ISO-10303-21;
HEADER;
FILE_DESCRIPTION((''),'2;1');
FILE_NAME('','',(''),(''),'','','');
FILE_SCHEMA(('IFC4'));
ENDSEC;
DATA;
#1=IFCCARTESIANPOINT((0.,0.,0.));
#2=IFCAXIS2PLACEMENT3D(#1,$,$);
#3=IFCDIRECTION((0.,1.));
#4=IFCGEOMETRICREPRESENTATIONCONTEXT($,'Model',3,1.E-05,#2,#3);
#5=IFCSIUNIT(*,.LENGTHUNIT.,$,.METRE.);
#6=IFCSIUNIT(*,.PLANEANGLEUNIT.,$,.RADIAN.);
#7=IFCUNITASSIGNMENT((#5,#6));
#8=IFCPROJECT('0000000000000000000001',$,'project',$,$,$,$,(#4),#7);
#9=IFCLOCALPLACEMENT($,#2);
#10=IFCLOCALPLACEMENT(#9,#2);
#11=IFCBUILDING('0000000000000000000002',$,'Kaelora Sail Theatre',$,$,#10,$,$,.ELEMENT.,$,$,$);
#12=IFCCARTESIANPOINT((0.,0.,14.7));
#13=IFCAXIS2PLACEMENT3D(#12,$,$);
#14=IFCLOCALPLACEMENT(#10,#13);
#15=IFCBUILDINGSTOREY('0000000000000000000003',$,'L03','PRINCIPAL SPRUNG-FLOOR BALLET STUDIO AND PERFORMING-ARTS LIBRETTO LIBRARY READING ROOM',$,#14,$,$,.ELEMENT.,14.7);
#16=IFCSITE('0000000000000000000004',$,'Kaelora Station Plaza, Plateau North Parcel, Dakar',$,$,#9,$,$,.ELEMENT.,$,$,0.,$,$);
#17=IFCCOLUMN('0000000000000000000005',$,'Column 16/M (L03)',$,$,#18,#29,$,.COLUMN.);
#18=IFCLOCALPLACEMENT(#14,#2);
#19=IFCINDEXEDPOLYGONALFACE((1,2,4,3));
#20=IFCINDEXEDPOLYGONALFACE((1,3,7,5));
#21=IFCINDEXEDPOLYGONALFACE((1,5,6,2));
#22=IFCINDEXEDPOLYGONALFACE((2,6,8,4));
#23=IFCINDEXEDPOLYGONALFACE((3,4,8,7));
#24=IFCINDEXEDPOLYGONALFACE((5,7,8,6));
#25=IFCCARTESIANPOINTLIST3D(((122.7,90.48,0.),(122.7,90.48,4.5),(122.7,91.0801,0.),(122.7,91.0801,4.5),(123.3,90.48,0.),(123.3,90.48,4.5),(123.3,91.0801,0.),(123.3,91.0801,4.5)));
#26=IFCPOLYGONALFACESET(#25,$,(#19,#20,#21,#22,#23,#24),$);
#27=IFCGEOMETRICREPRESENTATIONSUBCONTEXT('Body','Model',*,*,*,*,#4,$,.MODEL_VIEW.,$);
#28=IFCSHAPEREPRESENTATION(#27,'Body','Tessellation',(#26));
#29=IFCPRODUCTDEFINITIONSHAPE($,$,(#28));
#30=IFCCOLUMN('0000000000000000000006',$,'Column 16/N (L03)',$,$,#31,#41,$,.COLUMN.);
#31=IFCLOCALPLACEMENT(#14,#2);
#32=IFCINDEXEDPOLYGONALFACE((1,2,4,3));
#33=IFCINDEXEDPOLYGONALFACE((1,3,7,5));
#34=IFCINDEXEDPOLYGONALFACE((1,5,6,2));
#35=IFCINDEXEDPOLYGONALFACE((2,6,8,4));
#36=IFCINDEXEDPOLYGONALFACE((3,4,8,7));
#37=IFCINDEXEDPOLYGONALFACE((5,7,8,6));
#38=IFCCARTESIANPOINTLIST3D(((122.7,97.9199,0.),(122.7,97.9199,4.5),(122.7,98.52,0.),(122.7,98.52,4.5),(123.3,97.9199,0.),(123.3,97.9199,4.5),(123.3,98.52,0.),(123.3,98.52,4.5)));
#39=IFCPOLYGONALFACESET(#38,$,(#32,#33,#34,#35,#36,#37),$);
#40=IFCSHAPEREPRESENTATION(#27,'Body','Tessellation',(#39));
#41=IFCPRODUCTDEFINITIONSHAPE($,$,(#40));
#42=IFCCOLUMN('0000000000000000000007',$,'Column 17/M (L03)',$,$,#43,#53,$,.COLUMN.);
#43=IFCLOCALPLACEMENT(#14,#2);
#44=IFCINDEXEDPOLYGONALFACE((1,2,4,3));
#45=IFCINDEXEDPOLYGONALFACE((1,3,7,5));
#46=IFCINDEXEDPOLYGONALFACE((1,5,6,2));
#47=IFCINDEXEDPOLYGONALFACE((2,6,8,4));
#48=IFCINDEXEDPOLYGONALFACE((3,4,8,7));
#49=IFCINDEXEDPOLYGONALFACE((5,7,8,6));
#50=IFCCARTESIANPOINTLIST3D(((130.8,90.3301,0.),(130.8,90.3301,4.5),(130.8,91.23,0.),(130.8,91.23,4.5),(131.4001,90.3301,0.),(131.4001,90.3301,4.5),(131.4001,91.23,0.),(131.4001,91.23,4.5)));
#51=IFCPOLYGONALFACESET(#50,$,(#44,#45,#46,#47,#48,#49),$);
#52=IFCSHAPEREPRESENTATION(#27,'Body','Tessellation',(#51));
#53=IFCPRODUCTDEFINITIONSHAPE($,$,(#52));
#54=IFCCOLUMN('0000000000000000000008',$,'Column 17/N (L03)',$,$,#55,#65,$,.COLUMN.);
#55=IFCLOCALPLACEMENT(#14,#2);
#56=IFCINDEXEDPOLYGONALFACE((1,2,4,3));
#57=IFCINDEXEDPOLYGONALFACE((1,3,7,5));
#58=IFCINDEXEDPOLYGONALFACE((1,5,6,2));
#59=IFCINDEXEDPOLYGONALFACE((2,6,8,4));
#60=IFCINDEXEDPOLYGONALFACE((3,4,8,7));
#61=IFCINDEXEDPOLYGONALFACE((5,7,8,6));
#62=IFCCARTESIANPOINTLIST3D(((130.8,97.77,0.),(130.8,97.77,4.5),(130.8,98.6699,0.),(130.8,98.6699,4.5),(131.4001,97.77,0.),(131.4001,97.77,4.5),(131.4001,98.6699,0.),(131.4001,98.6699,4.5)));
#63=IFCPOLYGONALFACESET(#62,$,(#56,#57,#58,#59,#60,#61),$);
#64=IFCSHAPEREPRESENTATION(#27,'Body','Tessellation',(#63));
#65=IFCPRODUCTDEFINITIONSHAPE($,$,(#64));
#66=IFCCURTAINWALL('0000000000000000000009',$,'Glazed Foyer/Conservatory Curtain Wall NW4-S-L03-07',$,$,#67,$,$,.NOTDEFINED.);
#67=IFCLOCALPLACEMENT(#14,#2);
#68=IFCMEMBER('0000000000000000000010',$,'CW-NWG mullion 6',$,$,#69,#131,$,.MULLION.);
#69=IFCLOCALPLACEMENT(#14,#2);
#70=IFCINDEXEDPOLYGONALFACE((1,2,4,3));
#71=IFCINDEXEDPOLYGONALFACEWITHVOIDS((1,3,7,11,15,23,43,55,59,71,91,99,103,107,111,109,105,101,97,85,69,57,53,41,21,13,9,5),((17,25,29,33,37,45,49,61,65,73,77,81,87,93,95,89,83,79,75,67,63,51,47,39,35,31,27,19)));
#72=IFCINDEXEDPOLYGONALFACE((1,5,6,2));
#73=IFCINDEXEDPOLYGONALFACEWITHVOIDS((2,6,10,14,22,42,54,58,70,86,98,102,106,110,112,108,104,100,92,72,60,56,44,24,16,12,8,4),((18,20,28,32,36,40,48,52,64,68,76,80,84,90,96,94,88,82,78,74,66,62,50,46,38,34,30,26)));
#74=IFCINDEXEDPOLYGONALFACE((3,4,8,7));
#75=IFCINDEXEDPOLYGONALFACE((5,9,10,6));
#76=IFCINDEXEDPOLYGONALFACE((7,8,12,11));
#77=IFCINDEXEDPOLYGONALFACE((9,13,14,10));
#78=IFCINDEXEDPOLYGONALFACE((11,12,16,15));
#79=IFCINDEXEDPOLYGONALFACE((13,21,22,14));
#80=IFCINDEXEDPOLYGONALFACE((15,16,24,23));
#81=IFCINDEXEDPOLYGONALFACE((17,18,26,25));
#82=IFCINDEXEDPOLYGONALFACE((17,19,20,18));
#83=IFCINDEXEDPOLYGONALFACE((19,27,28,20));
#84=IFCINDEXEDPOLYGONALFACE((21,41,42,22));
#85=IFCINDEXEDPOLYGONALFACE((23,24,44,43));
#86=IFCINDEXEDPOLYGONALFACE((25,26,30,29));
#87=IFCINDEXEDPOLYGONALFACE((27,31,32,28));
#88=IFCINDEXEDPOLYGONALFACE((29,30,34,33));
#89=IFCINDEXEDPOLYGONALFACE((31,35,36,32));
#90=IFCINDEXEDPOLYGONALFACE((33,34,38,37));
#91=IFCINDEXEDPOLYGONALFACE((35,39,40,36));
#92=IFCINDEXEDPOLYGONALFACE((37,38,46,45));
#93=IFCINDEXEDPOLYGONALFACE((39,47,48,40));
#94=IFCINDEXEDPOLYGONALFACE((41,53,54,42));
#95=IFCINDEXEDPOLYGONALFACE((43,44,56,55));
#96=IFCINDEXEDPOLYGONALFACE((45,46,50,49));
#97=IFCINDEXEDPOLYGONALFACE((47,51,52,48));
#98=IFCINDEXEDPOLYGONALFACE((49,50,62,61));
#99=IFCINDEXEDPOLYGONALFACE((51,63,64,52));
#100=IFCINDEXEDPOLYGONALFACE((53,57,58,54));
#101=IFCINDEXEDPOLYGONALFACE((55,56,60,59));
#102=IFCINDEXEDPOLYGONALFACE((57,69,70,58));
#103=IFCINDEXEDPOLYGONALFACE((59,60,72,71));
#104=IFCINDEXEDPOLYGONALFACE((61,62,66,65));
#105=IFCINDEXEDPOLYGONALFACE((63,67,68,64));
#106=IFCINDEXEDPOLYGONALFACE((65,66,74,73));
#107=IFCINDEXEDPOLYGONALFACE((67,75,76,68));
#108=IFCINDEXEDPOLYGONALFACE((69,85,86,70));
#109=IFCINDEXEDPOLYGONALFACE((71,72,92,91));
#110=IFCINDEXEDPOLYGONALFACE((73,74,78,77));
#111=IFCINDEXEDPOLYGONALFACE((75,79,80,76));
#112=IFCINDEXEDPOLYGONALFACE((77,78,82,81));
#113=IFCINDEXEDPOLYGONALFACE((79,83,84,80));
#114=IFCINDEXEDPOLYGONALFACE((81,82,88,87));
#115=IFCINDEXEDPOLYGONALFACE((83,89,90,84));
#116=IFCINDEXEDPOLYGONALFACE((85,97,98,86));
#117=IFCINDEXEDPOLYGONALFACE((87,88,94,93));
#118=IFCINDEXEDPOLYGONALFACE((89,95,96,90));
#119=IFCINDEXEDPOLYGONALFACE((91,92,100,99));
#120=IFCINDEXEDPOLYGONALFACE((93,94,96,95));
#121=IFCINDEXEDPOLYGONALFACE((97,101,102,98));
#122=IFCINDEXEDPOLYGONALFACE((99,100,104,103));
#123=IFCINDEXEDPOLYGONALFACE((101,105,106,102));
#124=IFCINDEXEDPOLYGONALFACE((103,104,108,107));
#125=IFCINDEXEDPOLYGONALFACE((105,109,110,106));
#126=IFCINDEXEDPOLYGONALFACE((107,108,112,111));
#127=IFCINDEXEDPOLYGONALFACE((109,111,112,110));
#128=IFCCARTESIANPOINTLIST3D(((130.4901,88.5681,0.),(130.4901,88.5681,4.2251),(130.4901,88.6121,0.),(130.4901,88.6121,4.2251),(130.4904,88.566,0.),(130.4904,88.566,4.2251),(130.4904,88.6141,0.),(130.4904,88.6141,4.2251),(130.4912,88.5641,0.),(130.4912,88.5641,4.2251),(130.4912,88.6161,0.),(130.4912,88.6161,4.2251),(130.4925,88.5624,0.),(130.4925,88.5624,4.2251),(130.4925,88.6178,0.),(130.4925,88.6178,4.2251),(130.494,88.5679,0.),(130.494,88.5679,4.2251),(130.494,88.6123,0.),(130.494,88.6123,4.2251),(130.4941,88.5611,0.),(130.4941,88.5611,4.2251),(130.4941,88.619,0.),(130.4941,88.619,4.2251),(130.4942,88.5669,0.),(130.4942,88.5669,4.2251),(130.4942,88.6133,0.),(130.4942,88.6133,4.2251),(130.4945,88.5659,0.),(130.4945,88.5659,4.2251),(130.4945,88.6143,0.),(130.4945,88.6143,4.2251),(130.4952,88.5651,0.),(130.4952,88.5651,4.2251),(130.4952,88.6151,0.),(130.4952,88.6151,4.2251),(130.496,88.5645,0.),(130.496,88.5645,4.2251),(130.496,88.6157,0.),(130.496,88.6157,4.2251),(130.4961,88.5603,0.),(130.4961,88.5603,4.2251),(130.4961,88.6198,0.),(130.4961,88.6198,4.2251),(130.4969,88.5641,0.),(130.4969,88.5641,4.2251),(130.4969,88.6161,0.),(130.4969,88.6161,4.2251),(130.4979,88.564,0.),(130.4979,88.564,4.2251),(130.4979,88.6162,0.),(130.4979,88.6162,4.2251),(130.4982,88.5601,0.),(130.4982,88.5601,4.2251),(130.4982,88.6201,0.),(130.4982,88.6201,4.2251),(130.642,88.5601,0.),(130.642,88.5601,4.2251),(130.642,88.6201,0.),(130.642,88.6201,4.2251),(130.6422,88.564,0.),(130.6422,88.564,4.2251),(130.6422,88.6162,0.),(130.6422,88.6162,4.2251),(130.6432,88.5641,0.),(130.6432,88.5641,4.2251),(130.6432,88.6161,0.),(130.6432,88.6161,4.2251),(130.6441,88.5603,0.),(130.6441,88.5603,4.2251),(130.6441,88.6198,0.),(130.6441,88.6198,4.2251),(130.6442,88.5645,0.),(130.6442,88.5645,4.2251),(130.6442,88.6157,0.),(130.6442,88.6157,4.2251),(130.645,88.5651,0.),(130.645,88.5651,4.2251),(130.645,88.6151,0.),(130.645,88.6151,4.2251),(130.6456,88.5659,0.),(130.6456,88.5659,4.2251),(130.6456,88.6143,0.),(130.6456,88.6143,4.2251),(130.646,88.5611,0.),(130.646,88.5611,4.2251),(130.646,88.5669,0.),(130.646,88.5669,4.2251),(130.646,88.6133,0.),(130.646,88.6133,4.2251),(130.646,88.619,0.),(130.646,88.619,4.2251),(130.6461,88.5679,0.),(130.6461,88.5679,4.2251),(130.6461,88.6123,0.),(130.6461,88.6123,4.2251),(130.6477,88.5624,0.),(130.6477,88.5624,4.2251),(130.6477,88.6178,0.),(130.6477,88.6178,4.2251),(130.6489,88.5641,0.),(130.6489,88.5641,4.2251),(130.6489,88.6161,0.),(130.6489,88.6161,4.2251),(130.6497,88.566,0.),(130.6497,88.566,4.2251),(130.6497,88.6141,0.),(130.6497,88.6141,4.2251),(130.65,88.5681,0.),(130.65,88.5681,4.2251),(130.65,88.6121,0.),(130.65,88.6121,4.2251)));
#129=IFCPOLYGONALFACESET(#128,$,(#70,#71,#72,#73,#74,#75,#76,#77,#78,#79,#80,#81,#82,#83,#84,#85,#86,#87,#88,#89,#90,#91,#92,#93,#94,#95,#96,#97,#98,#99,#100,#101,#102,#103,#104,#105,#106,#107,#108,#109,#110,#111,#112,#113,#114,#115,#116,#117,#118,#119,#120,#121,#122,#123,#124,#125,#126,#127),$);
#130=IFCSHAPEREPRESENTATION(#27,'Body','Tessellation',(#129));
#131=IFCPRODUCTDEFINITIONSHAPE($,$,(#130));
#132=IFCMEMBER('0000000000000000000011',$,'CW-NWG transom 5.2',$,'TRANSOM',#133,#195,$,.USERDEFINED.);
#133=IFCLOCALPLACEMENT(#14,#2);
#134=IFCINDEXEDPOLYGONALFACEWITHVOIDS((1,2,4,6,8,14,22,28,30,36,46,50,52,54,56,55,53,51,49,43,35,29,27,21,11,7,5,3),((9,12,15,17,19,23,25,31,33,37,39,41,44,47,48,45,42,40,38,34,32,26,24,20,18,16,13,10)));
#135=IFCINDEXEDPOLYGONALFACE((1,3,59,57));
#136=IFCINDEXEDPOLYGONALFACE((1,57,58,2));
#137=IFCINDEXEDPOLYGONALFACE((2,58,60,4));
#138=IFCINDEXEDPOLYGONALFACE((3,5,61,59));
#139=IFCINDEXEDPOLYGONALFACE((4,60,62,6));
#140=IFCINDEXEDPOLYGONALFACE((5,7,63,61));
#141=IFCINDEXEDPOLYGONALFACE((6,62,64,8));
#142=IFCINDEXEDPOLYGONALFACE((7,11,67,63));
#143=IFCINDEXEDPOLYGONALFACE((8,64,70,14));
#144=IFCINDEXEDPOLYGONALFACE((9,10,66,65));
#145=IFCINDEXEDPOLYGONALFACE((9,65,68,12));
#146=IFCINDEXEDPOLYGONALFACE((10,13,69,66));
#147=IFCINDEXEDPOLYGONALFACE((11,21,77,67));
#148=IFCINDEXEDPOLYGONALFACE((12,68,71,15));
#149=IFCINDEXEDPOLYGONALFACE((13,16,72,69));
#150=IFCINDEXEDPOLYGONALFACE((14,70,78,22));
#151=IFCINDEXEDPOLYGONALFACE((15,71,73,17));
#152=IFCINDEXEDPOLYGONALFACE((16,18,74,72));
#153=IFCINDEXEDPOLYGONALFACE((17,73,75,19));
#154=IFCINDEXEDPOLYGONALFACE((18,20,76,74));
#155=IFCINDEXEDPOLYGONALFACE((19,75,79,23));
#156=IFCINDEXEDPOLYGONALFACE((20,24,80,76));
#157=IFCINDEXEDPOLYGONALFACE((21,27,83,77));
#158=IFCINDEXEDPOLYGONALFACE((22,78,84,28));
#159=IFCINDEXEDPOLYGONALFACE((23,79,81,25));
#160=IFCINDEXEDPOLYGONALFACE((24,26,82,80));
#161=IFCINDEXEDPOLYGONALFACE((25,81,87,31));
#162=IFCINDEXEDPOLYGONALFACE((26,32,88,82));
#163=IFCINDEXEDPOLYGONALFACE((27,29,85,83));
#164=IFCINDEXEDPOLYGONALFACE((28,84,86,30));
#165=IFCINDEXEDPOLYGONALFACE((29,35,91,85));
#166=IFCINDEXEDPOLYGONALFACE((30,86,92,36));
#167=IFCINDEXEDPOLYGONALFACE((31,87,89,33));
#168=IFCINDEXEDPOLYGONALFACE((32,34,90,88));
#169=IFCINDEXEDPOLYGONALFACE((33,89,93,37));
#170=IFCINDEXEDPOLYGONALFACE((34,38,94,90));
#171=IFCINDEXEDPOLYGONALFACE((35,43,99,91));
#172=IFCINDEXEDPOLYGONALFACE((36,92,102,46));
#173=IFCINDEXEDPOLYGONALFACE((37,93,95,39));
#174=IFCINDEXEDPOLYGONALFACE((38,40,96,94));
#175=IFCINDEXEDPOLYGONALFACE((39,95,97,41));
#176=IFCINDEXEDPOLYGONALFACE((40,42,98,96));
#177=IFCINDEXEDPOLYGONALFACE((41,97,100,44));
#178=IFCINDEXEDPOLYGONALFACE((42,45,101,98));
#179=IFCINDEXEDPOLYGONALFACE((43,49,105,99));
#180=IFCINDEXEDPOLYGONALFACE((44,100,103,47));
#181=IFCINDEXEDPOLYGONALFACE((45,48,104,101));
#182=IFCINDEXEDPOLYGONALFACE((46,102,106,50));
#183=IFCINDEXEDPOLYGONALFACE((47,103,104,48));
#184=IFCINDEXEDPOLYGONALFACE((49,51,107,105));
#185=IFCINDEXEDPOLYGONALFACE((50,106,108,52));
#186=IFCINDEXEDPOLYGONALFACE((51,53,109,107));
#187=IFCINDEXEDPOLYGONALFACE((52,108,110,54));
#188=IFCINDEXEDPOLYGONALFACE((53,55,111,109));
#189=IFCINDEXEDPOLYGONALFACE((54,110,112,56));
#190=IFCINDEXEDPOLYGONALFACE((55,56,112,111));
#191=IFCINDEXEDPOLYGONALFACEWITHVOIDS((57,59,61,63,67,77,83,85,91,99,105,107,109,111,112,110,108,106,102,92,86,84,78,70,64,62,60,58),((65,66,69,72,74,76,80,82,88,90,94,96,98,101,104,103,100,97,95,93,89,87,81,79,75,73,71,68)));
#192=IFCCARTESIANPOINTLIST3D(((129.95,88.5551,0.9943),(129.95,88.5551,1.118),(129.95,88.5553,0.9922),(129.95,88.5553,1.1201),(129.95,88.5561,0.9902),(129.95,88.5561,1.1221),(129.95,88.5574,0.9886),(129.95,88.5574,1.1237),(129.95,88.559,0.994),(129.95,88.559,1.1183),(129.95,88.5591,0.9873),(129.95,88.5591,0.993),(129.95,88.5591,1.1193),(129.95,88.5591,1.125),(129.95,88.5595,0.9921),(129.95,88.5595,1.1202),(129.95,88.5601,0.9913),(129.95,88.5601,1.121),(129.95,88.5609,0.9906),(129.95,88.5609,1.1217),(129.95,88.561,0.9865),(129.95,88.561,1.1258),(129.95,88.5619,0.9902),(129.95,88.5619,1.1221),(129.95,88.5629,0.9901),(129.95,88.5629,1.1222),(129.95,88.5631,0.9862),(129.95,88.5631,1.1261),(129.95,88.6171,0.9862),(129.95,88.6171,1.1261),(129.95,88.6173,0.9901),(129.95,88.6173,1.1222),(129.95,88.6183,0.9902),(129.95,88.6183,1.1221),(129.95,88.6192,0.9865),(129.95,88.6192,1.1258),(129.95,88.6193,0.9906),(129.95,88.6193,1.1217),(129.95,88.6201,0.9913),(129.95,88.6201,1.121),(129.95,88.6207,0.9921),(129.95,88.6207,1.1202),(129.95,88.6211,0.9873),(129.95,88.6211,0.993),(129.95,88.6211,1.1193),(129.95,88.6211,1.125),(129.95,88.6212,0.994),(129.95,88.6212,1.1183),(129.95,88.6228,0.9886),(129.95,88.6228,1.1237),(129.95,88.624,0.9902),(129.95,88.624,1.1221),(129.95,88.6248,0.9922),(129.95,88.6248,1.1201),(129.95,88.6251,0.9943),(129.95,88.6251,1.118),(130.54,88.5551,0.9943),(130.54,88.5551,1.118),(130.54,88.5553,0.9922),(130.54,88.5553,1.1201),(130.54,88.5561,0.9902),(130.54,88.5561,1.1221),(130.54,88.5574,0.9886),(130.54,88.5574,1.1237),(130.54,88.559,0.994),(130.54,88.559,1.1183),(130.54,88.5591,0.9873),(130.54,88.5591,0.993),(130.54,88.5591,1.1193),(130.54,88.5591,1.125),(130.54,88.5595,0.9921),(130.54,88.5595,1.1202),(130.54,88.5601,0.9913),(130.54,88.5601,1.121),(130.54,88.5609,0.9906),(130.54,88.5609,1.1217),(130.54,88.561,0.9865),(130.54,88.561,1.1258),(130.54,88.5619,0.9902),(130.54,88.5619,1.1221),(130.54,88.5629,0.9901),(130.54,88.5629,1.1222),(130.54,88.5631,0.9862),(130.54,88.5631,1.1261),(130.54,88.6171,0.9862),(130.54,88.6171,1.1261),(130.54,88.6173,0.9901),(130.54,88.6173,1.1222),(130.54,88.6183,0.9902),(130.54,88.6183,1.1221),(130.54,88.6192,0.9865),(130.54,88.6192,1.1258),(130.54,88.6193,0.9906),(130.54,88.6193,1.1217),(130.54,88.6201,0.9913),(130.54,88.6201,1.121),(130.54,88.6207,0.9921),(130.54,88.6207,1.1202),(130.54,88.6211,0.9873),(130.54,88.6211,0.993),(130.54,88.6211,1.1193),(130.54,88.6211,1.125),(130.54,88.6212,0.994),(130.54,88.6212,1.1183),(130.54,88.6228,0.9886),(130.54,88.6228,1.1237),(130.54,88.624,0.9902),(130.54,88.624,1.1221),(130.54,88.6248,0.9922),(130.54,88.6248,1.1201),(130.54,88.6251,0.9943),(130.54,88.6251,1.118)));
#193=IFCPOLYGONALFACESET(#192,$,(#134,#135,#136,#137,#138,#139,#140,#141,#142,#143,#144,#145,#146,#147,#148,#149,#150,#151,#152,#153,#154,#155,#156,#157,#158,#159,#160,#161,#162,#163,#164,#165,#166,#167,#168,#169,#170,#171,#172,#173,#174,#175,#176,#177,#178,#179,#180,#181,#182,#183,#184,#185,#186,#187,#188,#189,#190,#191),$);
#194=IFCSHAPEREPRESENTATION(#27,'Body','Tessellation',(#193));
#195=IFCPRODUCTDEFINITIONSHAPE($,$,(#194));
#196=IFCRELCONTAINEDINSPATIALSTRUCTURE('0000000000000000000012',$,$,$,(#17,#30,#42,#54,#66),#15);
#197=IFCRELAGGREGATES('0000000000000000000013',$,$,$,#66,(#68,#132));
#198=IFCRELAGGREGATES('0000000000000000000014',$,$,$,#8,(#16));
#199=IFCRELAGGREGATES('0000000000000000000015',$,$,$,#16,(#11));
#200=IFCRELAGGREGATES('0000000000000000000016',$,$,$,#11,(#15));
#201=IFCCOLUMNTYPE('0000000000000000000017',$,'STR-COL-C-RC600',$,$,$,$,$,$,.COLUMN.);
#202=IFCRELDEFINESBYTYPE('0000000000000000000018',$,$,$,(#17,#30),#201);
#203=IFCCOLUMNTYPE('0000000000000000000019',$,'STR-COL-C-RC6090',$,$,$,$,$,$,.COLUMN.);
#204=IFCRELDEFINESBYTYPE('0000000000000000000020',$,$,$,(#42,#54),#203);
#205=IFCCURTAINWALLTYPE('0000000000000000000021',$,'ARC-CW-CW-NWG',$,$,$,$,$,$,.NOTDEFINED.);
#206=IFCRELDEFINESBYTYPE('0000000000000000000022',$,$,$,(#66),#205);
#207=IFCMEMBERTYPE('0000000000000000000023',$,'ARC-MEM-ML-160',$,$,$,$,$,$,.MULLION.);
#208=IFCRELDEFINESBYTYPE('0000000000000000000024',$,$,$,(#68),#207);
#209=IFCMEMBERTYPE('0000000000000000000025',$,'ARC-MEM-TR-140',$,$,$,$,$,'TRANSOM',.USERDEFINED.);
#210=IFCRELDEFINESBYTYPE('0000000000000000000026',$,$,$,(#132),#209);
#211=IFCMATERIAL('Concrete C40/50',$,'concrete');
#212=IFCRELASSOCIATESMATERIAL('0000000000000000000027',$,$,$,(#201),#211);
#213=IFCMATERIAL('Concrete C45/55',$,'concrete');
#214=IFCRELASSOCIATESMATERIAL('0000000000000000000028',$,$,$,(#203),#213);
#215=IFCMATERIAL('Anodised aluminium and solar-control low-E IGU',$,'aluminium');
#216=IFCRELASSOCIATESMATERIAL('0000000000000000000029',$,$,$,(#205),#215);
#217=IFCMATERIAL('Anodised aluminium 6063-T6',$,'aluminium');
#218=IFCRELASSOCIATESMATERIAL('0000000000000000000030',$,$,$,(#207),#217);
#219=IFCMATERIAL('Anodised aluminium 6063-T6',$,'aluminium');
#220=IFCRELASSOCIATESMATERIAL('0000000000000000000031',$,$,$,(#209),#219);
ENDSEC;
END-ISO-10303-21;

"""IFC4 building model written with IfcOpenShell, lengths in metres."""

from ifc_helpers import new_model, si_unit, direction, frame, origin, origin_2d, place, context, subcontext, project, spatial, rectangle, hollow_rectangle, extrude, material, material_profile, profile_set, type_object, element, aggregate, save


model = new_model("IFC4")

# Units and contexts
model_context = context("Model", 3, precision=1e-05, world=origin(), true_north=direction((0.0, 1.0)))
body_context = subcontext(model_context, "Body", "Model", "MODEL_VIEW")
ifc_project = project(units=[si_unit("LENGTHUNIT", "METRE"), si_unit("PLANEANGLEUNIT", "RADIAN")], contexts=[model_context])

# Site, building, storey
site_placement = place(None, origin())
site = spatial("IfcSite", under=ifc_project, at=site_placement, Name="Kaelora Station Plaza, Plateau North Parcel, Dakar", CompositionType="ELEMENT", RefElevation=0.0)
building_placement = place(site_placement, origin())
building = spatial("IfcBuilding", under=site, at=building_placement, Name="Kaelora Sail Theatre", CompositionType="ELEMENT")
storey_placement = place(building_placement, frame((0.0, 0.0, 14.7)))
storey = spatial("IfcBuildingStorey", under=building, at=storey_placement, Name="L03", Description="PRINCIPAL SPRUNG-FLOOR BALLET STUDIO AND PERFORMING-ARTS LIBRETTO LIBRARY READING ROOM", CompositionType="ELEMENT", Elevation=14.7)

# Columns
ifc_material_1 = material(Name="Concrete C40/50", Category="concrete")
ifc_material_profile_1 = material_profile(ifc_material_1, rectangle(XDim=0.6001, YDim=0.6001, at=origin_2d()), Name="RC-COL 600x600")
ifc_profile_set_1 = profile_set([ifc_material_profile_1], Name="Concrete C40/50")
column_type_1 = type_object("IfcColumnType", Name="STR-COL-C-RC600", PredefinedType="COLUMN", material=ifc_profile_set_1)
for number, where, z_axis, x_axis, name in (
    (1, (123.0, 90.78, 0.0), (0.0, 0.0, 1.0), (1.0, 0.0, 0.0), "Column 16/M (L03)"),
    (2, (123.0, 98.22, 0.0), (0.0, 0.0, 1.0), (1.0, 0.0, 0.0), "Column 16/N (L03)"),
):
    element("IfcColumn", number, at=place(storey_placement, frame(where, z_axis=z_axis, x_axis=x_axis)), inside=storey, type_object=column_type_1, Name=name, PredefinedType="COLUMN", context=body_context, shape_type="SweptSolid", body=[
        extrude(rectangle(XDim=0.6001, YDim=0.6001, at=origin_2d()), origin(), (0.0, 0.0, 1.0), 4.5),
    ])
ifc_material_2 = material(Name="Concrete C45/55", Category="concrete")
ifc_material_profile_2 = material_profile(ifc_material_2, rectangle(XDim=0.6001, YDim=0.8999, at=origin_2d()), Name="RC-COL 600x900")
ifc_profile_set_2 = profile_set([ifc_material_profile_2], Name="Concrete C45/55")
column_type_2 = type_object("IfcColumnType", Name="STR-COL-C-RC6090", PredefinedType="COLUMN", material=ifc_profile_set_2)
for number, where, z_axis, x_axis, name in (
    (3, (131.1001, 90.78, 0.0), (0.0, 0.0, 1.0), (1.0, 0.0, 0.0), "Column 17/M (L03)"),
    (4, (131.1001, 98.22, 0.0), (0.0, 0.0, 1.0), (1.0, 0.0, 0.0), "Column 17/N (L03)"),
):
    element("IfcColumn", number, at=place(storey_placement, frame(where, z_axis=z_axis, x_axis=x_axis)), inside=storey, type_object=column_type_2, Name=name, PredefinedType="COLUMN", context=body_context, shape_type="SweptSolid", body=[
        extrude(rectangle(XDim=0.6001, YDim=0.8999, at=origin_2d()), origin(), (0.0, 0.0, 1.0), 4.5),
    ])

# Curtain wall, members
ifc_material_3 = material(Name="Anodised aluminium and solar-control low-E IGU", Category="aluminium")
curtain_wall_type = type_object("IfcCurtainWallType", Name="ARC-CW-CW-NWG", PredefinedType="NOTDEFINED", material=ifc_material_3)
curtain_wall_placement = place(storey_placement, origin())
curtain_wall = element("IfcCurtainWall", 5, at=curtain_wall_placement, inside=storey, type_object=curtain_wall_type, Name="Glazed Foyer/Conservatory Curtain Wall NW4-S-L03-07", PredefinedType="NOTDEFINED")
ifc_material_4 = material(Name="Anodised aluminium 6063-T6", Category="aluminium")
ifc_material_profile_3 = material_profile(ifc_material_4, hollow_rectangle(XDim=0.0601, YDim=0.1599, WallThickness=0.0039, InnerFilletRadius=0.0039, OuterFilletRadius=0.0081, at=origin_2d()), Name="ALU-MULL 60x160x4")
ifc_profile_set_3 = profile_set([ifc_material_profile_3], Name="Anodised aluminium 6063-T6")
member_type_1 = type_object("IfcMemberType", Name="ARC-MEM-ML-160", PredefinedType="MULLION", material=ifc_profile_set_3)
member_1_placement = place(storey_placement, frame((130.5701, 88.5901, 0.0), z_axis=(0.0, 0.0, 1.0), x_axis=(0.0, 1.0, 0.0)))
member_1 = element("IfcMember", 6, at=member_1_placement, type_object=member_type_1, Name="CW-NWG mullion 6", PredefinedType="MULLION", context=body_context, shape_type="SweptSolid", body=[
    extrude(hollow_rectangle(XDim=0.0601, YDim=0.1599, WallThickness=0.0039, InnerFilletRadius=0.0039, OuterFilletRadius=0.0081, at=origin_2d()), origin(), (0.0, 0.0, 1.0), 4.2251),
])
ifc_material_5 = material(Name="Anodised aluminium 6063-T6", Category="aluminium")
ifc_material_profile_4 = material_profile(ifc_material_5, hollow_rectangle(XDim=0.0701, YDim=0.1399, WallThickness=0.0039, InnerFilletRadius=0.0039, OuterFilletRadius=0.0081, at=origin_2d()), Name="ALU-TRAN 70x140x4")
ifc_profile_set_4 = profile_set([ifc_material_profile_4], Name="Anodised aluminium 6063-T6")
member_type_2 = type_object("IfcMemberType", Name="ARC-MEM-TR-140", ElementType="TRANSOM", PredefinedType="USERDEFINED", material=ifc_profile_set_4)
member_2_placement = place(storey_placement, frame((129.95, 88.5901, 1.0562), z_axis=(1.0, 0.0, 0.0), x_axis=(0.0, 1.0, 0.0)))
member_2 = element("IfcMember", 7, at=member_2_placement, type_object=member_type_2, Name="CW-NWG transom 5.2", ObjectType="TRANSOM", PredefinedType="USERDEFINED", context=body_context, shape_type="SweptSolid", body=[
    extrude(hollow_rectangle(XDim=0.0701, YDim=0.1399, WallThickness=0.0039, InnerFilletRadius=0.0039, OuterFilletRadius=0.0081, at=origin_2d()), origin(), (0.0, 0.0, 1.0), 0.5901),
])

aggregate(curtain_wall, [member_1, member_2])

save(model, "model.ifc")
